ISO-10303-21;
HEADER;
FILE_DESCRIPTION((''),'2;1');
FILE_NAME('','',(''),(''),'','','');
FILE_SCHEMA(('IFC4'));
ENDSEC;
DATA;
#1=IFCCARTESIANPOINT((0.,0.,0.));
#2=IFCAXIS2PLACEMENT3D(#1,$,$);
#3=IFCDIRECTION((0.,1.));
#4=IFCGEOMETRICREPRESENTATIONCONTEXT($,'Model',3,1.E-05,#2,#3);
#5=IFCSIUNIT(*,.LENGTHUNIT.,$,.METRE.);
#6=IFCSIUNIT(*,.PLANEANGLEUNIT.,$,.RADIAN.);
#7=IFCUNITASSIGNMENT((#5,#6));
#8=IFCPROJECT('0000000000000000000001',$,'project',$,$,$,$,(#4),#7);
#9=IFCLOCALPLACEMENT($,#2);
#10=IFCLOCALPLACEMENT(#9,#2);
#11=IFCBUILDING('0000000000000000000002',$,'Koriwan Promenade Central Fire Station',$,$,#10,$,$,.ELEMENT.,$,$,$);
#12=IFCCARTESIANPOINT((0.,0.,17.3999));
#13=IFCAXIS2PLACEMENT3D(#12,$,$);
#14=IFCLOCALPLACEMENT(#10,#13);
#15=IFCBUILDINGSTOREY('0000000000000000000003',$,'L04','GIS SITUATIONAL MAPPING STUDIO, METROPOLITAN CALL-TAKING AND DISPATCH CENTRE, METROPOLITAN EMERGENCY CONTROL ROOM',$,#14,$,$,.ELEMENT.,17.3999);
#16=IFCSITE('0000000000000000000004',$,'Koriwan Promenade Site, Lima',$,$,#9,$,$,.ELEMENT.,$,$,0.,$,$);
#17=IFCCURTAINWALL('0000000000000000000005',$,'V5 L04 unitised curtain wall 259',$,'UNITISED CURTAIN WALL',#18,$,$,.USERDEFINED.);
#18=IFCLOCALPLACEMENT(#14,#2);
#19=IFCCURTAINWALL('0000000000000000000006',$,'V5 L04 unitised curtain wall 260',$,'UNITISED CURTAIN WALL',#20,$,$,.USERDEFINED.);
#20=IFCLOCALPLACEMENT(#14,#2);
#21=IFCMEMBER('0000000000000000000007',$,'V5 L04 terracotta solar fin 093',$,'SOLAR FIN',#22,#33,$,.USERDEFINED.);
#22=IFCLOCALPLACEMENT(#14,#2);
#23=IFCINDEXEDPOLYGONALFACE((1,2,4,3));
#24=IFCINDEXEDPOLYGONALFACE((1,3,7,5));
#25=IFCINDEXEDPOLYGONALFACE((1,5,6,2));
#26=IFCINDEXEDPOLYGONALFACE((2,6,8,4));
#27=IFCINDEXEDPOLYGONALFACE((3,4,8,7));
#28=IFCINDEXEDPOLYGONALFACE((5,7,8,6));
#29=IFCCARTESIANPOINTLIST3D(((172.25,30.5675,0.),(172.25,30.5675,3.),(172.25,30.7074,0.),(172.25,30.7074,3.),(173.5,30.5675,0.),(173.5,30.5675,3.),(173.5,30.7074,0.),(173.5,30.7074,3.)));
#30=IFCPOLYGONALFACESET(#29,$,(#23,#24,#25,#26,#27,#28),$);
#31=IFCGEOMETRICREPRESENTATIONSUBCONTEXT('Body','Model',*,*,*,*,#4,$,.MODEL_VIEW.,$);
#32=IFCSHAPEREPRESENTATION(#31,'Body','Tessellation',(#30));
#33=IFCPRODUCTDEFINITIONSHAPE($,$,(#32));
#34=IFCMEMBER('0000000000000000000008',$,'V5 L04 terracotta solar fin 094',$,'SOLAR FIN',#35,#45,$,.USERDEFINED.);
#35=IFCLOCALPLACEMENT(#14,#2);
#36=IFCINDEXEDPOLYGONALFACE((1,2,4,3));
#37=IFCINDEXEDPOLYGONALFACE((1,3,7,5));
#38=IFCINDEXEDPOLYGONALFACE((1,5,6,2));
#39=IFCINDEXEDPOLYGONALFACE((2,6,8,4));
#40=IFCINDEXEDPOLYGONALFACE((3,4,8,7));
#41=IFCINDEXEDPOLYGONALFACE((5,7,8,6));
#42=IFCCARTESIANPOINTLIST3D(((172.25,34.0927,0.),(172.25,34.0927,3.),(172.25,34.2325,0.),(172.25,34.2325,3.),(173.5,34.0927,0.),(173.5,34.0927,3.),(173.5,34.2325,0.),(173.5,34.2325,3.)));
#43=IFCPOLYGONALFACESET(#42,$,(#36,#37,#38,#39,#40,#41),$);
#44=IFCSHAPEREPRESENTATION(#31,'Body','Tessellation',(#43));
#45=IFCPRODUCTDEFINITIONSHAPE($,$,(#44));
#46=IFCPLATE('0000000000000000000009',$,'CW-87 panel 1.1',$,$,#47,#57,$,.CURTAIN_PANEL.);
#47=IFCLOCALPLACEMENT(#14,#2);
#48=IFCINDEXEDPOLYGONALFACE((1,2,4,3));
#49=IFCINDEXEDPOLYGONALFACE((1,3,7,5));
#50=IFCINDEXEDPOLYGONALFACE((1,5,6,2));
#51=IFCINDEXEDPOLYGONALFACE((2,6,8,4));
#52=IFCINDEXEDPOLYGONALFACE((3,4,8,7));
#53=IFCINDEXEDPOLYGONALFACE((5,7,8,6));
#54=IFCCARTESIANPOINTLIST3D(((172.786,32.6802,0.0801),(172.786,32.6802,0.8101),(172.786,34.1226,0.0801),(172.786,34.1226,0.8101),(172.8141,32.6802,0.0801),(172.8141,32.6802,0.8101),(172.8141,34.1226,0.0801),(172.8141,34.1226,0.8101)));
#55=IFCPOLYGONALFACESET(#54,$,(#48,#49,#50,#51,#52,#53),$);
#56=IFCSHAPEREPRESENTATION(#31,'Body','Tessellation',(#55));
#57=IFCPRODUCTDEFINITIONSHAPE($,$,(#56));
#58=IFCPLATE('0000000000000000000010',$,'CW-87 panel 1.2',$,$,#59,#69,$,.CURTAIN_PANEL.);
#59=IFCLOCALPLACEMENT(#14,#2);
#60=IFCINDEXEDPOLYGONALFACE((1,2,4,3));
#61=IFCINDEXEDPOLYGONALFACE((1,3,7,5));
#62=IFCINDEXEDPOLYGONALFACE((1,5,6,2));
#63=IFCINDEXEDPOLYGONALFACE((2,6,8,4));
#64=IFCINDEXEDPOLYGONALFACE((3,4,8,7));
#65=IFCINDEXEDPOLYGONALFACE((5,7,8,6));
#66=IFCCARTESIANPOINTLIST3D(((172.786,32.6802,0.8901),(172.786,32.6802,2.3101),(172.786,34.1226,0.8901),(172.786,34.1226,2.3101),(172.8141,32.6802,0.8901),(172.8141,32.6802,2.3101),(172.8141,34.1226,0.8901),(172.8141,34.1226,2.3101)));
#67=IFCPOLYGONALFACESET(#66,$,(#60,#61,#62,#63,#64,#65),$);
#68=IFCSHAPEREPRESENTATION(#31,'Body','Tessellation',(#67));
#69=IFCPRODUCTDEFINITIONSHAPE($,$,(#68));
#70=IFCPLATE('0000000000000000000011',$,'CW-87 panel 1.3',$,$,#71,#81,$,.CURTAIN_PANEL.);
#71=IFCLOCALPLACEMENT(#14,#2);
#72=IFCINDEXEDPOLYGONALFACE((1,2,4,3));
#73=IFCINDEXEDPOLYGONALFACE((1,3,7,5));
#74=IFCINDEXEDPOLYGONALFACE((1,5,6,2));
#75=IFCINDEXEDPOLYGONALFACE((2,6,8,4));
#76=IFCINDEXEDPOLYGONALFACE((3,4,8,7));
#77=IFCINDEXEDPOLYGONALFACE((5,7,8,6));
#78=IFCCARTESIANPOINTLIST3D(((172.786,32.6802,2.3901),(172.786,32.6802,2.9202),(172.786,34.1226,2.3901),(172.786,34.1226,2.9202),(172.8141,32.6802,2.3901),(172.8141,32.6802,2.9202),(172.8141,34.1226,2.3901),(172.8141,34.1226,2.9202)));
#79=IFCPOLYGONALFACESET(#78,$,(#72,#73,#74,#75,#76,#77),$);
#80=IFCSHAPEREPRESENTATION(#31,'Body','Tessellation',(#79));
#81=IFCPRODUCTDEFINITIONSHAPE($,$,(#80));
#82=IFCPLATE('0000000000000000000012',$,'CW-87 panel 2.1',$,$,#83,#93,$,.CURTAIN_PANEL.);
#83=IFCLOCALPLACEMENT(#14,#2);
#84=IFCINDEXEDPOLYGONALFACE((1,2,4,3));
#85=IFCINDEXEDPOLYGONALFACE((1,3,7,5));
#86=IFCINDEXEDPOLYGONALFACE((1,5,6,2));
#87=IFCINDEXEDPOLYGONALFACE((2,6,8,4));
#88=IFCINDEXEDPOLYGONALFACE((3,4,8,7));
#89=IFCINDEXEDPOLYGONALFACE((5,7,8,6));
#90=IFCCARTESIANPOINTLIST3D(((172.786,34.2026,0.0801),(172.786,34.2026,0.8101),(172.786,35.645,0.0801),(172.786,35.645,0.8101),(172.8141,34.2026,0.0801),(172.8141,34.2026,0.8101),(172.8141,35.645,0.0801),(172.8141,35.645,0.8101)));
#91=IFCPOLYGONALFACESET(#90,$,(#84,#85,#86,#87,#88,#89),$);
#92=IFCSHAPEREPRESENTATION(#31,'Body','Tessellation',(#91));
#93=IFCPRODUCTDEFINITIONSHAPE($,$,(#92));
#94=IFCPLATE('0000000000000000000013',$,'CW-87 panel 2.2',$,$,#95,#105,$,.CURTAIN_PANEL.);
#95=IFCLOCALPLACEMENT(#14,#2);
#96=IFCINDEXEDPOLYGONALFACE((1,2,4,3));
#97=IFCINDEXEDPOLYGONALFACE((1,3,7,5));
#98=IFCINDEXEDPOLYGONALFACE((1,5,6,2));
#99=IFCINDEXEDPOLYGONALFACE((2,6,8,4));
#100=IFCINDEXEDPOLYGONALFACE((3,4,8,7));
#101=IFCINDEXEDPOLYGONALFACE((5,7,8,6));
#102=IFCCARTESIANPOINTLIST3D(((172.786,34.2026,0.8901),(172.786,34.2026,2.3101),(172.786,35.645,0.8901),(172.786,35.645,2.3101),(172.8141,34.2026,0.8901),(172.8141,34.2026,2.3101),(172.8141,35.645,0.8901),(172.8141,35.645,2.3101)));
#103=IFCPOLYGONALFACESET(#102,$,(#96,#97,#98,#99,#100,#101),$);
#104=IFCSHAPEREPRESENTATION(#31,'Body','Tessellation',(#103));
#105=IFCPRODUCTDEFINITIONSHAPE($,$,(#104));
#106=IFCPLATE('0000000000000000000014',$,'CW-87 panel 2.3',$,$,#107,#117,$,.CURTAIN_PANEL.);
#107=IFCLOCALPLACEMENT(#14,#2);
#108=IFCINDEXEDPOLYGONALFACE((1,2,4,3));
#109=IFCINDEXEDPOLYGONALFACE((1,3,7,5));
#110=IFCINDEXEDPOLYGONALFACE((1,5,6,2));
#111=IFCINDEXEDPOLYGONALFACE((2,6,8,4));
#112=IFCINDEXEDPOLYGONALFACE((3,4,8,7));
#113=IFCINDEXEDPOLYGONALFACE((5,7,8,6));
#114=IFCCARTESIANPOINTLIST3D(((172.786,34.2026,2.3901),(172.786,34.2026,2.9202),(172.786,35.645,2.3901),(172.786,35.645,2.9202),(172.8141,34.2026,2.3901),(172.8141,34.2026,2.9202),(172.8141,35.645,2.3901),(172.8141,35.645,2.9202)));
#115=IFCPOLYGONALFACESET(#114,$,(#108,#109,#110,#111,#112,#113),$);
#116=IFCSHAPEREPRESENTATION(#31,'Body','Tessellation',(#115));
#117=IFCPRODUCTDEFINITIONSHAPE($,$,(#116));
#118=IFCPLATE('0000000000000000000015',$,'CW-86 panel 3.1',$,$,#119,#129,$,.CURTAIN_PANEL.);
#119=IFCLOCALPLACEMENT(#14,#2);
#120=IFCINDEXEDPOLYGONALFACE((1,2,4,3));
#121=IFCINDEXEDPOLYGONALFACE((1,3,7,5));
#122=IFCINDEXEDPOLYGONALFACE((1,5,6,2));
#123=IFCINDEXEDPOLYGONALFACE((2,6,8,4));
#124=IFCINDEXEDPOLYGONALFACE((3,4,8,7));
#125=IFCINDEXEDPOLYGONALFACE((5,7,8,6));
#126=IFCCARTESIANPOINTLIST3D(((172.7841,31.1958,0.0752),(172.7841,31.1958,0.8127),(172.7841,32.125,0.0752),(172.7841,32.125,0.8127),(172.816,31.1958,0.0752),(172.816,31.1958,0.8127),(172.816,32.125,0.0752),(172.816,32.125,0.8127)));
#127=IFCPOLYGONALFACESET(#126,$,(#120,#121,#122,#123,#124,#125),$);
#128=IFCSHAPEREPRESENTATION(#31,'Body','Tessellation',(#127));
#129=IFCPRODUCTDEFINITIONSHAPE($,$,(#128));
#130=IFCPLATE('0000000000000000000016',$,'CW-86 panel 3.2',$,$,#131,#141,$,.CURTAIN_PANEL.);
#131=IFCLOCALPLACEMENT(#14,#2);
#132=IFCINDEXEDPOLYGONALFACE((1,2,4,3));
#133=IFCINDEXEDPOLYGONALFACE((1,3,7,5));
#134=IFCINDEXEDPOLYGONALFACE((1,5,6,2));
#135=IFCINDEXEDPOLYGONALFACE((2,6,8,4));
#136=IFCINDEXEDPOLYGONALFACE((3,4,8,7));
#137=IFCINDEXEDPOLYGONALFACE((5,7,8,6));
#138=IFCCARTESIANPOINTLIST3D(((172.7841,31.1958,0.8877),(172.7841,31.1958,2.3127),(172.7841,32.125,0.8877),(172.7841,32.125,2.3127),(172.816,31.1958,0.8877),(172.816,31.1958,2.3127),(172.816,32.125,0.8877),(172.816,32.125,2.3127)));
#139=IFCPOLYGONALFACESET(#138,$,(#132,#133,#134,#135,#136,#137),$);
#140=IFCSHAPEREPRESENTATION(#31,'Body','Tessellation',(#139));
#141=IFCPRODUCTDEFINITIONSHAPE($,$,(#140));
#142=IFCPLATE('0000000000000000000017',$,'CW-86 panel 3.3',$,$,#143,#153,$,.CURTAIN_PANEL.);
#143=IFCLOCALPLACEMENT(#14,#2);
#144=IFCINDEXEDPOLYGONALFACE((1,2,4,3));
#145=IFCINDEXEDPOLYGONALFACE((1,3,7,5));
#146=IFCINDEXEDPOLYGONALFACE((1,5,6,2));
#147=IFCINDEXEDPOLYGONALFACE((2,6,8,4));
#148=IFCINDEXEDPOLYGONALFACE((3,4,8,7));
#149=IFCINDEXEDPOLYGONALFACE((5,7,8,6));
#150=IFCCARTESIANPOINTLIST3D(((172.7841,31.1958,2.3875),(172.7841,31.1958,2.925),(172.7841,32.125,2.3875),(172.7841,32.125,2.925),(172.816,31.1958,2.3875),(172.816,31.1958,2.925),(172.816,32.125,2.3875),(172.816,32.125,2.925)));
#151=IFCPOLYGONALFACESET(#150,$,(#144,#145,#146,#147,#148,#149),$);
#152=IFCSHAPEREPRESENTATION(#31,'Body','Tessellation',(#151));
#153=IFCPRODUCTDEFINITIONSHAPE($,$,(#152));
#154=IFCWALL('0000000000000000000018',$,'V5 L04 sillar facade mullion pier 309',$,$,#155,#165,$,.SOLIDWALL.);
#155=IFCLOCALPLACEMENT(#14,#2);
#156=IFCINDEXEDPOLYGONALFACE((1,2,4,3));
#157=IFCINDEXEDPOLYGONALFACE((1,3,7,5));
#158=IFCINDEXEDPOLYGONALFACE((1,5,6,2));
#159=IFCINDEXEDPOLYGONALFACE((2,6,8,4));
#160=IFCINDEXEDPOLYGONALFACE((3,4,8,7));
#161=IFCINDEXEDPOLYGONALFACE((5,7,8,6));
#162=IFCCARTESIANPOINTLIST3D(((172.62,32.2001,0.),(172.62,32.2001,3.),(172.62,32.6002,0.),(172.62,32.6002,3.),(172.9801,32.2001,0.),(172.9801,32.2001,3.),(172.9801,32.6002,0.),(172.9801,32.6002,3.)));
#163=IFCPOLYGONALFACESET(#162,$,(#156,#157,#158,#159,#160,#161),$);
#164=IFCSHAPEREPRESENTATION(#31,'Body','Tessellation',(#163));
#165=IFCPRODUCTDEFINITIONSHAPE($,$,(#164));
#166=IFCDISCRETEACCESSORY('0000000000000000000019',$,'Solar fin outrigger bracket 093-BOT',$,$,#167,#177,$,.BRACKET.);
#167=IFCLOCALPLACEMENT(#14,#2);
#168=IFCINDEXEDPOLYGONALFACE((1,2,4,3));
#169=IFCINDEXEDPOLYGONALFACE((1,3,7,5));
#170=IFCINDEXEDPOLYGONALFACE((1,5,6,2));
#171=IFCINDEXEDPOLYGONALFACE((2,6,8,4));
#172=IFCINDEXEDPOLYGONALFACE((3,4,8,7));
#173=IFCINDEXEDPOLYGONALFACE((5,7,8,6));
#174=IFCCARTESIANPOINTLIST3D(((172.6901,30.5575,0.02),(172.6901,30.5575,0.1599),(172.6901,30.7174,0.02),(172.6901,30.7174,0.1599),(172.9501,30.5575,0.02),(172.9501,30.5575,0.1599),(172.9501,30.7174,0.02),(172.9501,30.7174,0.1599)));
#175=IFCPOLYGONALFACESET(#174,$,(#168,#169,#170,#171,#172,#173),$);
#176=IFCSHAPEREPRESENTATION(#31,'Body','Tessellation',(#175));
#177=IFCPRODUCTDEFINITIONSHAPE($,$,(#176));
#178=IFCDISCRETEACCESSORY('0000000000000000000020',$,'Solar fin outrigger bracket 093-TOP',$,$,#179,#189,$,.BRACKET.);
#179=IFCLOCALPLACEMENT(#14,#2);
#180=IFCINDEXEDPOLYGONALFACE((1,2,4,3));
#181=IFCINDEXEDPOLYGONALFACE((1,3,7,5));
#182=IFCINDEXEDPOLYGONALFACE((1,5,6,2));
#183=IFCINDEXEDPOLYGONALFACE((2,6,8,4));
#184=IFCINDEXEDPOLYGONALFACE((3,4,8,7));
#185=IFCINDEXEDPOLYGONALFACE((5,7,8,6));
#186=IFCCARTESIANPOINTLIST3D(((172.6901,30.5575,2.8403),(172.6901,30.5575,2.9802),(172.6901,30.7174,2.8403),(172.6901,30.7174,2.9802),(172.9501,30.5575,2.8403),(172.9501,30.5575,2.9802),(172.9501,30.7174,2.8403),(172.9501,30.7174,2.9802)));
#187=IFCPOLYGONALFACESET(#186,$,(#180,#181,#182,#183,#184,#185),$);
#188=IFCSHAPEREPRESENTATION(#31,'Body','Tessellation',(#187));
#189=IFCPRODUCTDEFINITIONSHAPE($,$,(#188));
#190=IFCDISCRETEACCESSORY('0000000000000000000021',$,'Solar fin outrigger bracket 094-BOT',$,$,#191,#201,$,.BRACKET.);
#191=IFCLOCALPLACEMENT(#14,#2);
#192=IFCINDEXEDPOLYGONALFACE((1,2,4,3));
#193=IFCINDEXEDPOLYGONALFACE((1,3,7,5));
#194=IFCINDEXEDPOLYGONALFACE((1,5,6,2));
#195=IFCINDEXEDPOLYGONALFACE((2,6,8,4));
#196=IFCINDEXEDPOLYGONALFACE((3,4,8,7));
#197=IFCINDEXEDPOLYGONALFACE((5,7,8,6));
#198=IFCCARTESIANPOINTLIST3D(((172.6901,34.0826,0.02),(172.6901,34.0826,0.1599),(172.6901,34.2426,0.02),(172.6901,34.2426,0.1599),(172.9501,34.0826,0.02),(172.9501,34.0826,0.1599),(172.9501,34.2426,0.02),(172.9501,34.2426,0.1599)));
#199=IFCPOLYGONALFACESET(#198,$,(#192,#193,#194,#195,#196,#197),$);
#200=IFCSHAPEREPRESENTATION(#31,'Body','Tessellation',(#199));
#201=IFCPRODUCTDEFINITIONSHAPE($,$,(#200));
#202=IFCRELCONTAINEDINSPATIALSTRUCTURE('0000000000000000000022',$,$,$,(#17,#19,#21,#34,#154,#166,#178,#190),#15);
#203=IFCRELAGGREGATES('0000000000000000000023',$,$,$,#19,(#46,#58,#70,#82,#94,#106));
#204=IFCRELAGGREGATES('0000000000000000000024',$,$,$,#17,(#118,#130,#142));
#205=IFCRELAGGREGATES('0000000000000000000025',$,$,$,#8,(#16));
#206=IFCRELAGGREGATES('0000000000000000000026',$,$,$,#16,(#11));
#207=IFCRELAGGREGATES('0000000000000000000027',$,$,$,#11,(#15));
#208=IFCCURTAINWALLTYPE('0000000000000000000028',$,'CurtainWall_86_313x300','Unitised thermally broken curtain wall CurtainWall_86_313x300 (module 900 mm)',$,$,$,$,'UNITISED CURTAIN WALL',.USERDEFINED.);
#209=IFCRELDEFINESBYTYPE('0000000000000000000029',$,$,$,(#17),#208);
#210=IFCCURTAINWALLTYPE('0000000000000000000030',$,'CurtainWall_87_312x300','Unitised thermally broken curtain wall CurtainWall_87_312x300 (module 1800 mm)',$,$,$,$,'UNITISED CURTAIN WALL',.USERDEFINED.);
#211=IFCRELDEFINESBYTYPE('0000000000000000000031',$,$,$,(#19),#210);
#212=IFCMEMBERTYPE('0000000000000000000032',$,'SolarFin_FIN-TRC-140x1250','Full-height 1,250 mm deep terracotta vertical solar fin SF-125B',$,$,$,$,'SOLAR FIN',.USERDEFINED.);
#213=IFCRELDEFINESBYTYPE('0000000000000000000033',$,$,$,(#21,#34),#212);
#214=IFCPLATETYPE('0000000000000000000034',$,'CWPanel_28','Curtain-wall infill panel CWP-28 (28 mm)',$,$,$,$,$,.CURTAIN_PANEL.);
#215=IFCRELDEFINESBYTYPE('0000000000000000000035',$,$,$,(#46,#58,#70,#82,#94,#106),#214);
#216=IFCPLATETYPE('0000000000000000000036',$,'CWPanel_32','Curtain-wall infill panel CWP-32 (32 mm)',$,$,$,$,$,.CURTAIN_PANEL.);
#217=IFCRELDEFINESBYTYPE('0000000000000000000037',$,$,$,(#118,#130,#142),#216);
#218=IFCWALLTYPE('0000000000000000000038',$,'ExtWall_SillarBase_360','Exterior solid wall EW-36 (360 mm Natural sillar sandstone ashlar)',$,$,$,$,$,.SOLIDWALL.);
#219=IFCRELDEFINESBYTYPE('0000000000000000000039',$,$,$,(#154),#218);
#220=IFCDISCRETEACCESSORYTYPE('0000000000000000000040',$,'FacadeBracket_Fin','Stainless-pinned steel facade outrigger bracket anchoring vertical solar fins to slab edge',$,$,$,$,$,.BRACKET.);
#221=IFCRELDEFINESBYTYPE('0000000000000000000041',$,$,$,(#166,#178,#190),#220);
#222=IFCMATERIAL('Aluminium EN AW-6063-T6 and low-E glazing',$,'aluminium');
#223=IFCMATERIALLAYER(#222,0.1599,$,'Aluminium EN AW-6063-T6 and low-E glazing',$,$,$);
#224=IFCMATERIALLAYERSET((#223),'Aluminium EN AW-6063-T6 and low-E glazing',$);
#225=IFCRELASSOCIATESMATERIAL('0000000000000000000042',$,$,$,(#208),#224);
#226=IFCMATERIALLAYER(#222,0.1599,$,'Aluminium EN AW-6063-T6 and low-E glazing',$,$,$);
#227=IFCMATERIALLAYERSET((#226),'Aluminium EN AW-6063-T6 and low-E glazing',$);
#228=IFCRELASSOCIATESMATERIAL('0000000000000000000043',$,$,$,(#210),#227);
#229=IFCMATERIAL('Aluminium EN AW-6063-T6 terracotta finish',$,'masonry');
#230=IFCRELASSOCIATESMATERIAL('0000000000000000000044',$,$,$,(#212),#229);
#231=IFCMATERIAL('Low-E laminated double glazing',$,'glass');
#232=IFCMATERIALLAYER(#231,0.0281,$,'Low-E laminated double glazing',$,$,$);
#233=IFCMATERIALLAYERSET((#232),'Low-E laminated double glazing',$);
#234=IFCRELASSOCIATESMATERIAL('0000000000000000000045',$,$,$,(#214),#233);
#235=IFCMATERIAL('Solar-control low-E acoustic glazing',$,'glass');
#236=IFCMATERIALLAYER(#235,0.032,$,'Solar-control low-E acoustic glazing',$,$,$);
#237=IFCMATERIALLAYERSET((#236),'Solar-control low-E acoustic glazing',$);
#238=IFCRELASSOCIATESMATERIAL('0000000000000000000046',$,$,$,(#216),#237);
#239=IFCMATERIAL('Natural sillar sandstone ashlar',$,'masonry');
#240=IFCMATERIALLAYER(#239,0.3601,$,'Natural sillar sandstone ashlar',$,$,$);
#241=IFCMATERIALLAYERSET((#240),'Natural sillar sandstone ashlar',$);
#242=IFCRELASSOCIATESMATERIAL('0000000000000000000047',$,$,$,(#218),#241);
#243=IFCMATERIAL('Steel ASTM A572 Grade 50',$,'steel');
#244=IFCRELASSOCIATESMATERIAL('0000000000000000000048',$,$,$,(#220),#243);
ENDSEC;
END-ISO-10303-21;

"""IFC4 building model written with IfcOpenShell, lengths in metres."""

from ifc_helpers import new_model, si_unit, direction, frame, frame_2d, origin, origin_2d, place, context, subcontext, project, spatial, rectangle, extrude, material, layer, layer_set, material_profile, profile_set, type_object, element, aggregate, save


model = new_model("IFC4")

# Units and contexts
model_context = context("Model", 3, precision=1e-05, world=origin(), true_north=direction((0.0, 1.0)))
body_context = subcontext(model_context, "Body", "Model", "MODEL_VIEW")
ifc_project = project(units=[si_unit("LENGTHUNIT", "METRE"), si_unit("PLANEANGLEUNIT", "RADIAN")], contexts=[model_context])

# Site, building, storey
site_placement = place(None, origin())
site = spatial("IfcSite", under=ifc_project, at=site_placement, Name="Koriwan Promenade Site, Lima", CompositionType="ELEMENT", RefElevation=0.0)
building_placement = place(site_placement, origin())
building = spatial("IfcBuilding", under=site, at=building_placement, Name="Koriwan Promenade Central Fire Station", CompositionType="ELEMENT")
storey_placement = place(building_placement, frame((0.0, 0.0, 17.3999)))
storey = spatial("IfcBuildingStorey", under=building, at=storey_placement, Name="L04", Description="GIS SITUATIONAL MAPPING STUDIO, METROPOLITAN CALL-TAKING AND DISPATCH CENTRE, METROPOLITAN EMERGENCY CONTROL ROOM", CompositionType="ELEMENT", Elevation=17.3999)

# Curtain wall
ifc_material_1 = material(Name="Aluminium EN AW-6063-T6 and low-E glazing", Category="aluminium")
ifc_layer_1 = layer(ifc_material_1, 0.1599, Name="Aluminium EN AW-6063-T6 and low-E glazing")
ifc_layer_set_1 = layer_set([ifc_layer_1], Name="Aluminium EN AW-6063-T6 and low-E glazing")
curtain_wall_type_1 = type_object("IfcCurtainWallType", Name="CurtainWall_86_313x300", Description="Unitised thermally broken curtain wall CurtainWall_86_313x300 (module 900 mm)", ElementType="UNITISED CURTAIN WALL", PredefinedType="USERDEFINED", material=ifc_layer_set_1)
curtain_wall_1_placement = place(storey_placement, origin())
curtain_wall_1 = element("IfcCurtainWall", 1, at=curtain_wall_1_placement, inside=storey, type_object=curtain_wall_type_1, Name="V5 L04 unitised curtain wall 259", ObjectType="UNITISED CURTAIN WALL", PredefinedType="USERDEFINED")

# Curtain wall
ifc_layer_2 = layer(ifc_material_1, 0.1599, Name="Aluminium EN AW-6063-T6 and low-E glazing")
ifc_layer_set_2 = layer_set([ifc_layer_2], Name="Aluminium EN AW-6063-T6 and low-E glazing")
curtain_wall_type_2 = type_object("IfcCurtainWallType", Name="CurtainWall_87_312x300", Description="Unitised thermally broken curtain wall CurtainWall_87_312x300 (module 1800 mm)", ElementType="UNITISED CURTAIN WALL", PredefinedType="USERDEFINED", material=ifc_layer_set_2)
curtain_wall_2_placement = place(storey_placement, origin())
curtain_wall_2 = element("IfcCurtainWall", 2, at=curtain_wall_2_placement, inside=storey, type_object=curtain_wall_type_2, Name="V5 L04 unitised curtain wall 260", ObjectType="UNITISED CURTAIN WALL", PredefinedType="USERDEFINED")

# Members
ifc_material_2 = material(Name="Aluminium EN AW-6063-T6 terracotta finish", Category="masonry")
ifc_material_profile_1 = material_profile(ifc_material_2, rectangle(XDim=0.1399, YDim=1.25, at=origin_2d()), Name="FIN-TRC-140x1250")
ifc_profile_set_1 = profile_set([ifc_material_profile_1], Name="Aluminium EN AW-6063-T6 terracotta finish")
member_type_1 = type_object("IfcMemberType", Name="SolarFin_FIN-TRC-140x1250", Description="Full-height 1,250 mm deep terracotta vertical solar fin SF-125B", ElementType="SOLAR FIN", PredefinedType="USERDEFINED", material=ifc_profile_set_1)
for number, where, z_axis, x_axis, name in (
    (3, (172.875, 30.6375, 0.0), (0.0, 0.0, 1.0), (0.0, -1.0, 0.0), "V5 L04 terracotta solar fin 093"),
    (4, (172.875, 34.1626, 0.0), (0.0, 0.0, 1.0), (0.0, -1.0, 0.0), "V5 L04 terracotta solar fin 094"),
):
    element("IfcMember", number, at=place(storey_placement, frame(where, z_axis=z_axis, x_axis=x_axis)), inside=storey, type_object=member_type_1, Name=name, ObjectType="SOLAR FIN", PredefinedType="USERDEFINED", context=body_context, shape_type="SweptSolid", body=[
        extrude(rectangle(XDim=0.1399, YDim=1.25, at=origin_2d()), origin(), (0.0, 0.0, 1.0), 3.0),
    ])

# Plates
ifc_material_3 = material(Name="Low-E laminated double glazing", Category="glass")
ifc_layer_3 = layer(ifc_material_3, 0.0281, Name="Low-E laminated double glazing")
ifc_layer_set_3 = layer_set([ifc_layer_3], Name="Low-E laminated double glazing")
plate_type_1 = type_object("IfcPlateType", Name="CWPanel_28", Description="Curtain-wall infill panel CWP-28 (28 mm)", PredefinedType="CURTAIN_PANEL", material=ifc_layer_set_3)
plate_1_placement = place(storey_placement, frame((172.8, 33.4014, 0.0801), z_axis=(0.0, 0.0, 1.0), x_axis=(0.0, 1.0, 0.0)))
plate_1 = element("IfcPlate", 5, at=plate_1_placement, type_object=plate_type_1, Name="CW-87 panel 1.1", PredefinedType="CURTAIN_PANEL", context=body_context, shape_type="SweptSolid", body=[
    extrude(rectangle(XDim=1.4424, YDim=0.0281, at=origin_2d()), origin(), (0.0, 0.0, 1.0), 0.73),
])
plate_2_placement = place(storey_placement, frame((172.8, 33.4014, 0.8901), z_axis=(0.0, 0.0, 1.0), x_axis=(0.0, 1.0, 0.0)))
plate_2 = element("IfcPlate", 6, at=plate_2_placement, type_object=plate_type_1, Name="CW-87 panel 1.2", PredefinedType="CURTAIN_PANEL", context=body_context, shape_type="SweptSolid", body=[
    extrude(rectangle(XDim=1.4424, YDim=0.0281, at=origin_2d()), origin(), (0.0, 0.0, 1.0), 1.4199),
])
plate_3_placement = place(storey_placement, frame((172.8, 33.4014, 2.3901), z_axis=(0.0, 0.0, 1.0), x_axis=(0.0, 1.0, 0.0)))
plate_3 = element("IfcPlate", 7, at=plate_3_placement, type_object=plate_type_1, Name="CW-87 panel 1.3", PredefinedType="CURTAIN_PANEL", context=body_context, shape_type="SweptSolid", body=[
    extrude(rectangle(XDim=1.4424, YDim=0.0281, at=origin_2d()), origin(), (0.0, 0.0, 1.0), 0.53),
])
plate_4_placement = place(storey_placement, frame((172.8, 34.9238, 0.0801), z_axis=(0.0, 0.0, 1.0), x_axis=(0.0, 1.0, 0.0)))
plate_4 = element("IfcPlate", 8, at=plate_4_placement, type_object=plate_type_1, Name="CW-87 panel 2.1", PredefinedType="CURTAIN_PANEL", context=body_context, shape_type="SweptSolid", body=[
    extrude(rectangle(XDim=1.4424, YDim=0.0281, at=origin_2d()), origin(), (0.0, 0.0, 1.0), 0.73),
])
plate_5_placement = place(storey_placement, frame((172.8, 34.9238, 0.8901), z_axis=(0.0, 0.0, 1.0), x_axis=(0.0, 1.0, 0.0)))
plate_5 = element("IfcPlate", 9, at=plate_5_placement, type_object=plate_type_1, Name="CW-87 panel 2.2", PredefinedType="CURTAIN_PANEL", context=body_context, shape_type="SweptSolid", body=[
    extrude(rectangle(XDim=1.4424, YDim=0.0281, at=origin_2d()), origin(), (0.0, 0.0, 1.0), 1.4199),
])
plate_6_placement = place(storey_placement, frame((172.8, 34.9238, 2.3901), z_axis=(0.0, 0.0, 1.0), x_axis=(0.0, 1.0, 0.0)))
plate_6 = element("IfcPlate", 10, at=plate_6_placement, type_object=plate_type_1, Name="CW-87 panel 2.3", PredefinedType="CURTAIN_PANEL", context=body_context, shape_type="SweptSolid", body=[
    extrude(rectangle(XDim=1.4424, YDim=0.0281, at=origin_2d()), origin(), (0.0, 0.0, 1.0), 0.53),
])
aggregate(curtain_wall_2, [plate_1, plate_2, plate_3, plate_4, plate_5, plate_6])
ifc_material_4 = material(Name="Solar-control low-E acoustic glazing", Category="glass")
ifc_layer_4 = layer(ifc_material_4, 0.032, Name="Solar-control low-E acoustic glazing")
ifc_layer_set_4 = layer_set([ifc_layer_4], Name="Solar-control low-E acoustic glazing")
plate_type_2 = type_object("IfcPlateType", Name="CWPanel_32", Description="Curtain-wall infill panel CWP-32 (32 mm)", PredefinedType="CURTAIN_PANEL", material=ifc_layer_set_4)
plate_7_placement = place(storey_placement, frame((172.8, 31.6604, 0.0752), z_axis=(0.0, 0.0, 1.0), x_axis=(0.0, 1.0, 0.0)))
plate_7 = element("IfcPlate", 11, at=plate_7_placement, type_object=plate_type_2, Name="CW-86 panel 3.1", PredefinedType="CURTAIN_PANEL", context=body_context, shape_type="SweptSolid", body=[
    extrude(rectangle(XDim=0.9292, YDim=0.032, at=origin_2d()), origin(), (0.0, 0.0, 1.0), 0.7375),
])
plate_8_placement = place(storey_placement, frame((172.8, 31.6604, 0.8877), z_axis=(0.0, 0.0, 1.0), x_axis=(0.0, 1.0, 0.0)))
plate_8 = element("IfcPlate", 12, at=plate_8_placement, type_object=plate_type_2, Name="CW-86 panel 3.2", PredefinedType="CURTAIN_PANEL", context=body_context, shape_type="SweptSolid", body=[
    extrude(rectangle(XDim=0.9292, YDim=0.032, at=origin_2d()), origin(), (0.0, 0.0, 1.0), 1.425),
])
plate_9_placement = place(storey_placement, frame((172.8, 31.6604, 2.3875), z_axis=(0.0, 0.0, 1.0), x_axis=(0.0, 1.0, 0.0)))
plate_9 = element("IfcPlate", 13, at=plate_9_placement, type_object=plate_type_2, Name="CW-86 panel 3.3", PredefinedType="CURTAIN_PANEL", context=body_context, shape_type="SweptSolid", body=[
    extrude(rectangle(XDim=0.9292, YDim=0.032, at=origin_2d()), origin(), (0.0, 0.0, 1.0), 0.5376),
])
aggregate(curtain_wall_1, [plate_7, plate_8, plate_9])

# Wall
ifc_material_5 = material(Name="Natural sillar sandstone ashlar", Category="masonry")
ifc_layer_5 = layer(ifc_material_5, 0.3601, Name="Natural sillar sandstone ashlar")
ifc_layer_set_5 = layer_set([ifc_layer_5], Name="Natural sillar sandstone ashlar")
wall_type = type_object("IfcWallType", Name="ExtWall_SillarBase_360", Description="Exterior solid wall EW-36 (360 mm Natural sillar sandstone ashlar)", PredefinedType="SOLIDWALL", material=ifc_layer_set_5)
wall_placement = place(storey_placement, frame((172.8, 32.2, 0.0), z_axis=(0.0, 0.0, 1.0), x_axis=(0.0, 1.0, 0.0)))
element("IfcWall", 14, at=wall_placement, inside=storey, type_object=wall_type, Name="V5 L04 sillar facade mullion pier 309", PredefinedType="SOLIDWALL", context=body_context, shape_type="SweptSolid", body=[
    extrude(rectangle(XDim=0.4001, YDim=0.3601, at=frame_2d((0.2002, 0.0))), origin(), (0.0, 0.0, 1.0), 3.0),
])

# Discrete accessories
ifc_material_6 = material(Name="Steel ASTM A572 Grade 50", Category="steel")
discrete_accessory_type = type_object("IfcDiscreteAccessoryType", Name="FacadeBracket_Fin", Description="Stainless-pinned steel facade outrigger bracket anchoring vertical solar fins to slab edge", PredefinedType="BRACKET", material=ifc_material_6)
for number, where, z_axis, x_axis, name in (
    (15, (172.8201, 30.6375, 0.02), (0.0, 0.0, 1.0), (1.0, 0.0, 0.0), "Solar fin outrigger bracket 093-BOT"),
    (16, (172.8201, 30.6375, 2.8403), (0.0, 0.0, 1.0), (1.0, 0.0, 0.0), "Solar fin outrigger bracket 093-TOP"),
    (17, (172.8201, 34.1626, 0.02), (0.0, 0.0, 1.0), (1.0, 0.0, 0.0), "Solar fin outrigger bracket 094-BOT"),
):
    element("IfcDiscreteAccessory", number, at=place(storey_placement, frame(where, z_axis=z_axis, x_axis=x_axis)), inside=storey, type_object=discrete_accessory_type, Name=name, PredefinedType="BRACKET", context=body_context, shape_type="SweptSolid", body=[
        extrude(rectangle(XDim=0.26, YDim=0.1599, at=origin_2d()), origin(), (0.0, 0.0, 1.0), 0.1399),
    ])

save(model, "model.ifc")
